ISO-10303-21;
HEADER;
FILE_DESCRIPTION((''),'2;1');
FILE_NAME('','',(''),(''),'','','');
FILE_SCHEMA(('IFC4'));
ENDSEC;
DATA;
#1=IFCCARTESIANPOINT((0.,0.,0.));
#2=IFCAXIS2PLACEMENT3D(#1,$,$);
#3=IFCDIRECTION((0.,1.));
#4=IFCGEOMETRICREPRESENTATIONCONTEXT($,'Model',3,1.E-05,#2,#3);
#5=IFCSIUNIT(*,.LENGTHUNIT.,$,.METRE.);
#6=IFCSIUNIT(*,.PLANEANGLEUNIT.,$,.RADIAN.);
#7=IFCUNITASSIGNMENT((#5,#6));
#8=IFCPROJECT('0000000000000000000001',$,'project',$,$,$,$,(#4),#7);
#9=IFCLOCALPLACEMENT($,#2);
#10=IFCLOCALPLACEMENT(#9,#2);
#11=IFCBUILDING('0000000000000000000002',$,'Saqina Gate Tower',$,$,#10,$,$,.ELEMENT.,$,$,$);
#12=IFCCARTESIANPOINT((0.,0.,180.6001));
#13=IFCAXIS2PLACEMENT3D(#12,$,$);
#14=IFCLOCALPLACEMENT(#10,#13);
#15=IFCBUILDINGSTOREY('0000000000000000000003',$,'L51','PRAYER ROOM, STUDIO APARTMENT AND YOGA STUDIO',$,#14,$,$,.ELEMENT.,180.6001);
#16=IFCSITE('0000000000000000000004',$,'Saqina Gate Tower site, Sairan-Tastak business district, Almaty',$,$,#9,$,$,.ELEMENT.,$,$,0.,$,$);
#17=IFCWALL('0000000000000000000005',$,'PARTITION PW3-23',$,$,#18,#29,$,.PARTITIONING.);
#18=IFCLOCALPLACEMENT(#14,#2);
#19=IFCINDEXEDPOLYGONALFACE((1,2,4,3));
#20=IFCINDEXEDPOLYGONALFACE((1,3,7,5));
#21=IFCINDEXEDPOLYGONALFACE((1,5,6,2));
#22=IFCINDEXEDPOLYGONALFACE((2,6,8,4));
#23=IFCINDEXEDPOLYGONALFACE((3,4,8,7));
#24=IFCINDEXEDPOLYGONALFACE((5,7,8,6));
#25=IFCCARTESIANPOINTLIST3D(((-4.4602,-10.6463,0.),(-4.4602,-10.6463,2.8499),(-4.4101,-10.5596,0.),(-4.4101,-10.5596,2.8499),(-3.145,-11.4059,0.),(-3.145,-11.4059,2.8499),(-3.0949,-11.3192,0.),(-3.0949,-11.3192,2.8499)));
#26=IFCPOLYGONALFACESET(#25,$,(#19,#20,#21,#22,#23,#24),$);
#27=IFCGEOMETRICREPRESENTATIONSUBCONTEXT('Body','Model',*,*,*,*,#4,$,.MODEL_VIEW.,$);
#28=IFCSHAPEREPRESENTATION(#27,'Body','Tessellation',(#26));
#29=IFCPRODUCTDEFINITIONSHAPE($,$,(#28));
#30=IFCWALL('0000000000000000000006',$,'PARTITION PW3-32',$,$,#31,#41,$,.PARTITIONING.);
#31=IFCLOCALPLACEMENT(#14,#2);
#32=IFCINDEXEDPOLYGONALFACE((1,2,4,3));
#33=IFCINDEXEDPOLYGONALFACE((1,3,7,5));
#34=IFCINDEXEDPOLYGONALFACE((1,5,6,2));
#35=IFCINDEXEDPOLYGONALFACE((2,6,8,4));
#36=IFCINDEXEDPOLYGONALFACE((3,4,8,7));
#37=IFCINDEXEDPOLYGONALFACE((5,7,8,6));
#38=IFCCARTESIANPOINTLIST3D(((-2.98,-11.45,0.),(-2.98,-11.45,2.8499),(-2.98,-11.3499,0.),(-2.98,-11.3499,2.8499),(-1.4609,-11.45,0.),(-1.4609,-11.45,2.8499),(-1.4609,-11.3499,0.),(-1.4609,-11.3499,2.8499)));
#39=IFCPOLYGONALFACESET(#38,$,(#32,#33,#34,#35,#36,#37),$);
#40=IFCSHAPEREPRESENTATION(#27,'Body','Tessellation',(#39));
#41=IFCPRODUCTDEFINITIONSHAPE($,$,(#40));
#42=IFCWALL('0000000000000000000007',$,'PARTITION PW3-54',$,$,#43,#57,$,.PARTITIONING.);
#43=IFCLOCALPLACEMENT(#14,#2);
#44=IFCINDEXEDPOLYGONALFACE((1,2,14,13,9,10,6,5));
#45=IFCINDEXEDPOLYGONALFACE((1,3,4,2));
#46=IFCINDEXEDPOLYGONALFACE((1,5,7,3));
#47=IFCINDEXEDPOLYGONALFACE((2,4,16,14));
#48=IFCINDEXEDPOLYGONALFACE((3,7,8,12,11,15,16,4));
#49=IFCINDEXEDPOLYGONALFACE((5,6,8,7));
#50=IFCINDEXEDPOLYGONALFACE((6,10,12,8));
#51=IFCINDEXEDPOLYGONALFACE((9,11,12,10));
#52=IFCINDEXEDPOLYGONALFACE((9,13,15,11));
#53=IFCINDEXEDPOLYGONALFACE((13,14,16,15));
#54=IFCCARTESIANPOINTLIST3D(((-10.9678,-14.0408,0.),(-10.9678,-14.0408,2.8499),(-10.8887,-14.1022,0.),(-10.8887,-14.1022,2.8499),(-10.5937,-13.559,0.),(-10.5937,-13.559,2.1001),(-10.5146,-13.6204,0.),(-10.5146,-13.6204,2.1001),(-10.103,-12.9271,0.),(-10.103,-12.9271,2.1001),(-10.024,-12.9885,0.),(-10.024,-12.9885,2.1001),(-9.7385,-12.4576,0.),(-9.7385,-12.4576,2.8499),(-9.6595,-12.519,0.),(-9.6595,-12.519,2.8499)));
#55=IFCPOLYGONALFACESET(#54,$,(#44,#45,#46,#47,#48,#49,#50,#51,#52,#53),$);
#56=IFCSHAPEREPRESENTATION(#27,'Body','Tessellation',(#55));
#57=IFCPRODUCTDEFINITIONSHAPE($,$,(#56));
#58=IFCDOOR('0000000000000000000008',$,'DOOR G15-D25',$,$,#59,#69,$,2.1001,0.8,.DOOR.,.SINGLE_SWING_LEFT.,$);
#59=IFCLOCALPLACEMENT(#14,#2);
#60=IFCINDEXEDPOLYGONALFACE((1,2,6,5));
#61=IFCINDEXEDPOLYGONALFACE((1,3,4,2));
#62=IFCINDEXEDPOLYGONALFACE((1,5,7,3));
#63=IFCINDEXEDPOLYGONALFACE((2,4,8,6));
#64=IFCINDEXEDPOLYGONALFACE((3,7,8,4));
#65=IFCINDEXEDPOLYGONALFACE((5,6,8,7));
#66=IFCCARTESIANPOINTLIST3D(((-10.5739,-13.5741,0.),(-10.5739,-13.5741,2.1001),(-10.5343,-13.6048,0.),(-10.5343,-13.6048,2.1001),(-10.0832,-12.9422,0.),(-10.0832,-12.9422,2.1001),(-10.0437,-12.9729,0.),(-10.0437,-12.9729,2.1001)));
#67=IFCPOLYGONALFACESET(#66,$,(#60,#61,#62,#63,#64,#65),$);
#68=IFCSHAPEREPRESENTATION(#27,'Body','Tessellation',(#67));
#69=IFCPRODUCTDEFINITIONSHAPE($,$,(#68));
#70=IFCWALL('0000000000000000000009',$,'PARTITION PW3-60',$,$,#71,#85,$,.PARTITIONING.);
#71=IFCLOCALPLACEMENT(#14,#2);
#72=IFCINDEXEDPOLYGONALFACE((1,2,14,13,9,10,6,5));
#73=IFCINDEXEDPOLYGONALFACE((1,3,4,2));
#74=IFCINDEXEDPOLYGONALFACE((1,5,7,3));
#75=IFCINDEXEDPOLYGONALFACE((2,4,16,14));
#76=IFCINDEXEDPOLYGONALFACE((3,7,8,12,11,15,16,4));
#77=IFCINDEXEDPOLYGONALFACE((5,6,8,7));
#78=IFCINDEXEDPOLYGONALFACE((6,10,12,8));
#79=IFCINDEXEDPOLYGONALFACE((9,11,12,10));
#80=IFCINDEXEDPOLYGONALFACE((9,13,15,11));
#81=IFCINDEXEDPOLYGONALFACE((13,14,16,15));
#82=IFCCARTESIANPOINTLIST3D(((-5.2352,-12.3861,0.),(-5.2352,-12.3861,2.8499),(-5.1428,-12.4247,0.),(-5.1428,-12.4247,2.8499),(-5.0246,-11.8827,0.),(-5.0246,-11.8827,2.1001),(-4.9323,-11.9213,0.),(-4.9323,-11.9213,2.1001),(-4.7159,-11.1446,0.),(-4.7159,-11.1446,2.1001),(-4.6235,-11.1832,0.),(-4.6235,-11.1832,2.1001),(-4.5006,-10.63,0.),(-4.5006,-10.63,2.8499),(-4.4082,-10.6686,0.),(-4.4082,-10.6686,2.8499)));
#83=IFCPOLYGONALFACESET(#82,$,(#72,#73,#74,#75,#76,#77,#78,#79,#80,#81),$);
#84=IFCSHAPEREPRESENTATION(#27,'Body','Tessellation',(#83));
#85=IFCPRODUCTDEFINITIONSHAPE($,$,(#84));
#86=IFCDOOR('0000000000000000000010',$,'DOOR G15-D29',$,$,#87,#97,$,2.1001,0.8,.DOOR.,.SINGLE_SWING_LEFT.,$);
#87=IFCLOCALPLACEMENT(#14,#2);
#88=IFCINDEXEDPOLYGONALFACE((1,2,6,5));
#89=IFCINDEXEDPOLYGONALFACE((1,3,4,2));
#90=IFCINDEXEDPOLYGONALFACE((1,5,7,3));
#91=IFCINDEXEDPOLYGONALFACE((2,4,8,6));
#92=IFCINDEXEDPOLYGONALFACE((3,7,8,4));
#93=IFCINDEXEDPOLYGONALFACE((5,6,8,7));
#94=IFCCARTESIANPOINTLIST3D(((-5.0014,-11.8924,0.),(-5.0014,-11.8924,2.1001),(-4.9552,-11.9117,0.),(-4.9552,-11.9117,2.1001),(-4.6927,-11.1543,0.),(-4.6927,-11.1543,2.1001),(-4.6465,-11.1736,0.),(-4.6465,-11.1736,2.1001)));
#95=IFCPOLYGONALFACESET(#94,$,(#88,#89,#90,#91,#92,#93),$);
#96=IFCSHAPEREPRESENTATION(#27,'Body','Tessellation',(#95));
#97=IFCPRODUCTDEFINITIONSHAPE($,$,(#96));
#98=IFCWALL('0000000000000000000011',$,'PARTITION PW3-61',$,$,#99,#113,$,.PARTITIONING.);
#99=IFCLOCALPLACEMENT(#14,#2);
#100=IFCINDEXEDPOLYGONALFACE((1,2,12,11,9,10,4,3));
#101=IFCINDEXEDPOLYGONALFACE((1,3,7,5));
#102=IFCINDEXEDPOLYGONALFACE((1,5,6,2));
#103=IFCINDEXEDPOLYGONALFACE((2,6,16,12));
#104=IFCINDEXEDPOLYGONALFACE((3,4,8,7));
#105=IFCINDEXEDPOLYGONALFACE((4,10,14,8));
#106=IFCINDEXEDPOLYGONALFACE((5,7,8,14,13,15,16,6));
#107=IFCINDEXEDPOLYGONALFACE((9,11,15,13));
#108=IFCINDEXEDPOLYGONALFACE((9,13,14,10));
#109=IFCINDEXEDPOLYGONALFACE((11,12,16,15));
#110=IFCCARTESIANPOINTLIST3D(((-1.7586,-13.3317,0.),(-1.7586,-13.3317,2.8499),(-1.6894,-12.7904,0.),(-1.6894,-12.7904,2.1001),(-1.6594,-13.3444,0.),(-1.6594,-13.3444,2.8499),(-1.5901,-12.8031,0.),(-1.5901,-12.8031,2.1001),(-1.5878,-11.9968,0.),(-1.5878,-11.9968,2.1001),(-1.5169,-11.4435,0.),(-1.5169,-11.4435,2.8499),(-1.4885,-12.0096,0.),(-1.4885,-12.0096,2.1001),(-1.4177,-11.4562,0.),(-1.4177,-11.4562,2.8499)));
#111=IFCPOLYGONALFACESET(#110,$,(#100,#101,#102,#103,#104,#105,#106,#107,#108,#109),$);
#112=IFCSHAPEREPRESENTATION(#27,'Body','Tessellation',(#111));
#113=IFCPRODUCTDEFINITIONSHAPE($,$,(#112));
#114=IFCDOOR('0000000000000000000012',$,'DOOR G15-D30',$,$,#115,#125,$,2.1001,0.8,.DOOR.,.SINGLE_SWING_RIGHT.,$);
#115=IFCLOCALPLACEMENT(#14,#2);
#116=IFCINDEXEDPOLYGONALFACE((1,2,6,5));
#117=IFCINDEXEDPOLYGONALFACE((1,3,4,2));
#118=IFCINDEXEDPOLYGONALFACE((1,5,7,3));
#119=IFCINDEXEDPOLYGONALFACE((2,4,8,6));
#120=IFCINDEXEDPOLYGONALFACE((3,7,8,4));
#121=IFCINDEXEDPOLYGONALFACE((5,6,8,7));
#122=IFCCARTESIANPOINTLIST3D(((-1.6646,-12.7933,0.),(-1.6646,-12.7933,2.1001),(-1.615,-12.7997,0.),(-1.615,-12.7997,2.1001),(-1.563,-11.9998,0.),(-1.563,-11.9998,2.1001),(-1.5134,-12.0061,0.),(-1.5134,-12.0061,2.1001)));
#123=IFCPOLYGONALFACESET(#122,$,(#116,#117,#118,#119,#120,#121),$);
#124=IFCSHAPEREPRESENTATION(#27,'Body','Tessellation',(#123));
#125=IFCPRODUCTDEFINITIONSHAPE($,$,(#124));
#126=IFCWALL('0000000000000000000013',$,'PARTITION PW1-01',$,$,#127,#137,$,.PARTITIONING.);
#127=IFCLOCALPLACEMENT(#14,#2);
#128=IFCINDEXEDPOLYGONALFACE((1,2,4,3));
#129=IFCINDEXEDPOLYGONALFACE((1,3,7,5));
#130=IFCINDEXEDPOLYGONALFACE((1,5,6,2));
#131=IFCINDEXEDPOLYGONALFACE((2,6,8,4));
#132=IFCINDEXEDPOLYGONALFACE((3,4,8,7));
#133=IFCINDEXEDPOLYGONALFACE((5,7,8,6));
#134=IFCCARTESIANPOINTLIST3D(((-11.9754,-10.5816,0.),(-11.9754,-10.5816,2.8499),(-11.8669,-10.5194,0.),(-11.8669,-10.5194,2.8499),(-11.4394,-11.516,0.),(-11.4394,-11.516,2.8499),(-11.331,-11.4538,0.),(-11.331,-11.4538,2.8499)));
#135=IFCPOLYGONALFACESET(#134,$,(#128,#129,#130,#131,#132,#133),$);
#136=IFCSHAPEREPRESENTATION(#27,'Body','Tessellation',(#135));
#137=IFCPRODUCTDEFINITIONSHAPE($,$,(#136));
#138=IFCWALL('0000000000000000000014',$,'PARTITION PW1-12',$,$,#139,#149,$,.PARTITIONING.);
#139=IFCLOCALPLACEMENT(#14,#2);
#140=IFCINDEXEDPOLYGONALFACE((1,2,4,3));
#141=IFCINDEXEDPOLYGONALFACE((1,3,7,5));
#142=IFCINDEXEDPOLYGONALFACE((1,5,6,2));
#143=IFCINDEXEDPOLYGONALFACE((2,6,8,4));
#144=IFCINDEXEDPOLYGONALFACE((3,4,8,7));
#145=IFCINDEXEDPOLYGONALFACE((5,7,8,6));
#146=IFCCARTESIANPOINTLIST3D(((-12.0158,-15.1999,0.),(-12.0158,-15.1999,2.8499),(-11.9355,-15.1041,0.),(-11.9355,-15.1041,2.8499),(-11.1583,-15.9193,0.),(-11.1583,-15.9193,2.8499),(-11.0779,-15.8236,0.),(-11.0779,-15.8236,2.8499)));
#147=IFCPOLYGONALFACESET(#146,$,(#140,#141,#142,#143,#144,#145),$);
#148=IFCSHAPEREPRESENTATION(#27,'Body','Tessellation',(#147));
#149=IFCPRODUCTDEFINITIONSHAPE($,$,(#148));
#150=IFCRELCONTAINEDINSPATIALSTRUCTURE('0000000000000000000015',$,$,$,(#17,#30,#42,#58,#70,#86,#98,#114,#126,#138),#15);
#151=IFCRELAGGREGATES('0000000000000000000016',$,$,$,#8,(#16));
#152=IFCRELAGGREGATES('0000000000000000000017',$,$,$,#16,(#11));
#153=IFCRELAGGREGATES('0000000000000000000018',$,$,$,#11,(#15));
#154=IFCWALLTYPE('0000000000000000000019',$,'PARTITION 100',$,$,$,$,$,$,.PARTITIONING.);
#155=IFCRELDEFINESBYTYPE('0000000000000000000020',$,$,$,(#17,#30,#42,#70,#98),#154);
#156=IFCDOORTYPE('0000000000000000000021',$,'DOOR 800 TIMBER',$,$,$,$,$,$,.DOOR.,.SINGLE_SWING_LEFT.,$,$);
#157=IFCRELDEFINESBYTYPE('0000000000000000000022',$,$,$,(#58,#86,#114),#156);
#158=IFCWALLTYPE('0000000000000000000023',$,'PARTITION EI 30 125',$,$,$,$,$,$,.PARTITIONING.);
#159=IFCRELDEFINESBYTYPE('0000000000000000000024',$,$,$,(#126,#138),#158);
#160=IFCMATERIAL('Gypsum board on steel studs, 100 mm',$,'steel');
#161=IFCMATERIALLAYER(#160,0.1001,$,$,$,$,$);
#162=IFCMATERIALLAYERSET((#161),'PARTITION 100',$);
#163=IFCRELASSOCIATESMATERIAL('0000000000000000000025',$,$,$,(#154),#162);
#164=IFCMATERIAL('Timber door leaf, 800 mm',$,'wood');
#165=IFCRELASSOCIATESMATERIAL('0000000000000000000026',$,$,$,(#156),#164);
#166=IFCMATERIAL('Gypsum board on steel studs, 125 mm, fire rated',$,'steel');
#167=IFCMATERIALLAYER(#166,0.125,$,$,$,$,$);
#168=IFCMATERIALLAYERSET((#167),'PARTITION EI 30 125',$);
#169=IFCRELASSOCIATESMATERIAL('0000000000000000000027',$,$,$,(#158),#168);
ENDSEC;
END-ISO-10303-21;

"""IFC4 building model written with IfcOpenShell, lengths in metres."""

from ifc_helpers import new_model, si_unit, direction, frame, frame_2d, origin, place, context, subcontext, project, spatial, rectangle, extrude, material, layer, layer_set, type_object, element, fill, save


model = new_model("IFC4")

# Units and contexts
model_context = context("Model", 3, precision=1e-05, world=origin(), true_north=direction((0.0, 1.0)))
body_context = subcontext(model_context, "Body", "Model", "MODEL_VIEW")
ifc_project = project(units=[si_unit("LENGTHUNIT", "METRE"), si_unit("PLANEANGLEUNIT", "RADIAN")], contexts=[model_context])

# Site, building, storey
site_placement = place(None, origin())
site = spatial("IfcSite", under=ifc_project, at=site_placement, Name="Saqina Gate Tower site, Sairan-Tastak business district, Almaty", CompositionType="ELEMENT", RefElevation=0.0)
building_placement = place(site_placement, origin())
building = spatial("IfcBuilding", under=site, at=building_placement, Name="Saqina Gate Tower", CompositionType="ELEMENT")
storey_placement = place(building_placement, frame((0.0, 0.0, 180.6001)))
storey = spatial("IfcBuildingStorey", under=building, at=storey_placement, Name="L51", Description="PRAYER ROOM, STUDIO APARTMENT AND YOGA STUDIO", CompositionType="ELEMENT", Elevation=180.6001)

# Walls
ifc_material_1 = material(Name="Gypsum board on steel studs, 100 mm", Category="steel")
ifc_layer_1 = layer(ifc_material_1, 0.1001)
ifc_layer_set_1 = layer_set([ifc_layer_1], Name="PARTITION 100")
wall_type_1 = type_object("IfcWallType", Name="PARTITION 100", PredefinedType="PARTITIONING", material=ifc_layer_set_1)
wall_1_placement = place(storey_placement, frame((-4.4351, -10.603, 0.0), z_axis=(0.0, 0.0, 1.0), x_axis=(0.865969, -0.500098, 0.0)))
element("IfcWall", 1, at=wall_1_placement, inside=storey, type_object=wall_type_1, Name="PARTITION PW3-23", PredefinedType="PARTITIONING", context=body_context, shape_type="SweptSolid", body=[
    extrude(rectangle(XDim=1.5188, YDim=0.1001, at=frame_2d((0.7593, 0.0))), origin(), (0.0, 0.0, 1.0), 2.8499),
])
wall_2_placement = place(storey_placement, frame((-2.98, -11.3999, 0.0), z_axis=(0.0, 0.0, 1.0), x_axis=(1.0, 0.0, 0.0)))
element("IfcWall", 2, at=wall_2_placement, inside=storey, type_object=wall_type_1, Name="PARTITION PW3-32", PredefinedType="PARTITIONING", context=body_context, shape_type="SweptSolid", body=[
    extrude(rectangle(XDim=1.519, YDim=0.1001, at=frame_2d((0.7595, 0.0))), origin(), (0.0, 0.0, 1.0), 2.8499),
])

# Walls, openings, doors
wall_3_placement = place(storey_placement, frame((-10.9282, -14.0715, 0.0), z_axis=(0.0, 0.0, 1.0), x_axis=(0.613266, 0.789877, 0.0)))
wall_3 = element("IfcWall", 3, at=wall_3_placement, inside=storey, type_object=wall_type_1, Name="PARTITION PW3-54", PredefinedType="PARTITIONING", context=body_context, shape_type="SweptSolid", body=[
    extrude(rectangle(XDim=2.0044, YDim=0.1001, at=frame_2d((1.0022, 0.0))), origin(), (0.0, 0.0, 1.0), 2.8499),
])
opening_1_placement = place(wall_3_placement, frame((0.6101, 0.0, 0.0)))
opening_1 = element("IfcOpeningElement", 4, at=opening_1_placement, cuts=wall_3, PredefinedType="OPENING", context=body_context, shape_type="SweptSolid", body=[
    extrude(rectangle(XDim=0.8, YDim=2.1001, at=frame_2d((0.3999, 1.05))), frame((0.0, 0.062, 0.0), z_axis=(0.0, -1.0, 0.0), x_axis=(1.0, 0.0, 0.0)), (0.0, 0.0, 1.0), 0.124),
])
ifc_material_2 = material(Name="Timber door leaf, 800 mm", Category="wood")
door_type_1 = type_object("IfcDoorType", Name="DOOR 800 TIMBER", OperationType="SINGLE_SWING_LEFT", PredefinedType="DOOR", material=ifc_material_2)
door_1_placement = place(opening_1_placement, frame((0.8, 0.0, 0.0), z_axis=(0.0, 0.0, 1.0), x_axis=(-1.0, 0.0, 0.0)))
door_1 = element("IfcDoor", 5, at=door_1_placement, inside=storey, type_object=door_type_1, Name="DOOR G15-D25", OperationType="SINGLE_SWING_LEFT", OverallHeight=2.1001, OverallWidth=0.8, PredefinedType="DOOR", context=body_context, shape_type="SweptSolid", body=[
    extrude(rectangle(XDim=0.8, YDim=2.1001, at=frame_2d((0.3999, 1.05))), frame((0.0, 0.0249, 0.0), z_axis=(0.0, -1.0, 0.0), x_axis=(1.0, 0.0, 0.0)), (0.0, 0.0, 1.0), 0.05),
])
fill(opening_1, door_1)
wall_4_placement = place(storey_placement, frame((-5.189, -12.4053, 0.0), z_axis=(0.0, 0.0, 1.0), x_axis=(0.385917, 0.922533, 0.0)))
wall_4 = element("IfcWall", 6, at=wall_4_placement, inside=storey, type_object=wall_type_1, Name="PARTITION PW3-60", PredefinedType="PARTITIONING", context=body_context, shape_type="SweptSolid", body=[
    extrude(rectangle(XDim=1.9036, YDim=0.1001, at=frame_2d((0.9517, 0.0))), origin(), (0.0, 0.0, 1.0), 2.8499),
])
opening_2_placement = place(wall_4_placement, frame((0.5457, 0.0, 0.0)))
opening_2 = element("IfcOpeningElement", 7, at=opening_2_placement, cuts=wall_4, PredefinedType="OPENING", context=body_context, shape_type="SweptSolid", body=[
    extrude(rectangle(XDim=0.8, YDim=2.1001, at=frame_2d((0.3999, 1.05))), frame((0.0, 0.062, 0.0), z_axis=(0.0, -1.0, 0.0), x_axis=(1.0, 0.0, 0.0)), (0.0, 0.0, 1.0), 0.124),
])
door_2_placement = place(opening_2_placement, origin())
door_2 = element("IfcDoor", 8, at=door_2_placement, inside=storey, type_object=door_type_1, Name="DOOR G15-D29", OperationType="SINGLE_SWING_LEFT", OverallHeight=2.1001, OverallWidth=0.8, PredefinedType="DOOR", context=body_context, shape_type="SweptSolid", body=[
    extrude(rectangle(XDim=0.8, YDim=2.1001, at=frame_2d((0.3999, 1.05))), frame((0.0, 0.0249, 0.0), z_axis=(0.0, -1.0, 0.0), x_axis=(1.0, 0.0, 0.0)), (0.0, 0.0, 1.0), 0.05),
])
fill(opening_2, door_2)
wall_5_placement = place(storey_placement, frame((-1.709, -13.3379, 0.0), z_axis=(0.0, 0.0, 1.0), x_axis=(0.12697, 0.991907, 0.0)))
wall_5 = element("IfcWall", 9, at=wall_5_placement, inside=storey, type_object=wall_type_1, Name="PARTITION PW3-61", PredefinedType="PARTITIONING", context=body_context, shape_type="SweptSolid", body=[
    extrude(rectangle(XDim=1.9036, YDim=0.1001, at=frame_2d((0.9517, 0.0))), origin(), (0.0, 0.0, 1.0), 2.8499),
])
opening_3_placement = place(wall_5_placement, frame((0.5457, 0.0, 0.0)))
opening_3 = element("IfcOpeningElement", 10, at=opening_3_placement, cuts=wall_5, PredefinedType="OPENING", context=body_context, shape_type="SweptSolid", body=[
    extrude(rectangle(XDim=0.8, YDim=2.1001, at=frame_2d((0.3999, 1.05))), frame((0.0, 0.062, 0.0), z_axis=(0.0, -1.0, 0.0), x_axis=(1.0, 0.0, 0.0)), (0.0, 0.0, 1.0), 0.124),
])
door_3_placement = place(opening_3_placement, frame((0.8, 0.0, 0.0), z_axis=(0.0, 0.0, 1.0), x_axis=(-1.0, 0.0, 0.0)))
door_3 = element("IfcDoor", 11, at=door_3_placement, inside=storey, type_object=door_type_1, Name="DOOR G15-D30", OperationType="SINGLE_SWING_RIGHT", OverallHeight=2.1001, OverallWidth=0.8, PredefinedType="DOOR", context=body_context, shape_type="SweptSolid", body=[
    extrude(rectangle(XDim=0.8, YDim=2.1001, at=frame_2d((0.3999, 1.05))), frame((0.0, 0.0249, 0.0), z_axis=(0.0, -1.0, 0.0), x_axis=(1.0, 0.0, 0.0)), (0.0, 0.0, 1.0), 0.05),
])
fill(opening_3, door_3)

# Walls
ifc_material_3 = material(Name="Gypsum board on steel studs, 125 mm, fire rated", Category="steel")
ifc_layer_2 = layer(ifc_material_3, 0.125)
ifc_layer_set_2 = layer_set([ifc_layer_2], Name="PARTITION EI 30 125")
wall_type_2 = type_object("IfcWallType", Name="PARTITION EI 30 125", PredefinedType="PARTITIONING", material=ifc_layer_set_2)
wall_6_placement = place(storey_placement, frame((-11.9211, -10.5505, 0.0), z_axis=(0.0, 0.0, 1.0), x_axis=(0.49753, -0.867447, 0.0)))
element("IfcWall", 12, at=wall_6_placement, inside=storey, type_object=wall_type_2, Name="PARTITION PW1-01", PredefinedType="PARTITIONING", context=body_context, shape_type="SweptSolid", body=[
    extrude(rectangle(XDim=1.0771, YDim=0.125, at=frame_2d((0.5386, 0.0))), origin(), (0.0, 0.0, 1.0), 2.8499),
])
wall_7_placement = place(storey_placement, frame((-11.9756, -15.1521, 0.0), z_axis=(0.0, 0.0, 1.0), x_axis=(0.766126, -0.642691, 0.0)))
element("IfcWall", 13, at=wall_7_placement, inside=storey, type_object=wall_type_2, Name="PARTITION PW1-12", PredefinedType="PARTITIONING", context=body_context, shape_type="SweptSolid", body=[
    extrude(rectangle(XDim=1.1194, YDim=0.125, at=frame_2d((0.5596, 0.0))), origin(), (0.0, 0.0, 1.0), 2.8499),
])

save(model, "model.ifc")
